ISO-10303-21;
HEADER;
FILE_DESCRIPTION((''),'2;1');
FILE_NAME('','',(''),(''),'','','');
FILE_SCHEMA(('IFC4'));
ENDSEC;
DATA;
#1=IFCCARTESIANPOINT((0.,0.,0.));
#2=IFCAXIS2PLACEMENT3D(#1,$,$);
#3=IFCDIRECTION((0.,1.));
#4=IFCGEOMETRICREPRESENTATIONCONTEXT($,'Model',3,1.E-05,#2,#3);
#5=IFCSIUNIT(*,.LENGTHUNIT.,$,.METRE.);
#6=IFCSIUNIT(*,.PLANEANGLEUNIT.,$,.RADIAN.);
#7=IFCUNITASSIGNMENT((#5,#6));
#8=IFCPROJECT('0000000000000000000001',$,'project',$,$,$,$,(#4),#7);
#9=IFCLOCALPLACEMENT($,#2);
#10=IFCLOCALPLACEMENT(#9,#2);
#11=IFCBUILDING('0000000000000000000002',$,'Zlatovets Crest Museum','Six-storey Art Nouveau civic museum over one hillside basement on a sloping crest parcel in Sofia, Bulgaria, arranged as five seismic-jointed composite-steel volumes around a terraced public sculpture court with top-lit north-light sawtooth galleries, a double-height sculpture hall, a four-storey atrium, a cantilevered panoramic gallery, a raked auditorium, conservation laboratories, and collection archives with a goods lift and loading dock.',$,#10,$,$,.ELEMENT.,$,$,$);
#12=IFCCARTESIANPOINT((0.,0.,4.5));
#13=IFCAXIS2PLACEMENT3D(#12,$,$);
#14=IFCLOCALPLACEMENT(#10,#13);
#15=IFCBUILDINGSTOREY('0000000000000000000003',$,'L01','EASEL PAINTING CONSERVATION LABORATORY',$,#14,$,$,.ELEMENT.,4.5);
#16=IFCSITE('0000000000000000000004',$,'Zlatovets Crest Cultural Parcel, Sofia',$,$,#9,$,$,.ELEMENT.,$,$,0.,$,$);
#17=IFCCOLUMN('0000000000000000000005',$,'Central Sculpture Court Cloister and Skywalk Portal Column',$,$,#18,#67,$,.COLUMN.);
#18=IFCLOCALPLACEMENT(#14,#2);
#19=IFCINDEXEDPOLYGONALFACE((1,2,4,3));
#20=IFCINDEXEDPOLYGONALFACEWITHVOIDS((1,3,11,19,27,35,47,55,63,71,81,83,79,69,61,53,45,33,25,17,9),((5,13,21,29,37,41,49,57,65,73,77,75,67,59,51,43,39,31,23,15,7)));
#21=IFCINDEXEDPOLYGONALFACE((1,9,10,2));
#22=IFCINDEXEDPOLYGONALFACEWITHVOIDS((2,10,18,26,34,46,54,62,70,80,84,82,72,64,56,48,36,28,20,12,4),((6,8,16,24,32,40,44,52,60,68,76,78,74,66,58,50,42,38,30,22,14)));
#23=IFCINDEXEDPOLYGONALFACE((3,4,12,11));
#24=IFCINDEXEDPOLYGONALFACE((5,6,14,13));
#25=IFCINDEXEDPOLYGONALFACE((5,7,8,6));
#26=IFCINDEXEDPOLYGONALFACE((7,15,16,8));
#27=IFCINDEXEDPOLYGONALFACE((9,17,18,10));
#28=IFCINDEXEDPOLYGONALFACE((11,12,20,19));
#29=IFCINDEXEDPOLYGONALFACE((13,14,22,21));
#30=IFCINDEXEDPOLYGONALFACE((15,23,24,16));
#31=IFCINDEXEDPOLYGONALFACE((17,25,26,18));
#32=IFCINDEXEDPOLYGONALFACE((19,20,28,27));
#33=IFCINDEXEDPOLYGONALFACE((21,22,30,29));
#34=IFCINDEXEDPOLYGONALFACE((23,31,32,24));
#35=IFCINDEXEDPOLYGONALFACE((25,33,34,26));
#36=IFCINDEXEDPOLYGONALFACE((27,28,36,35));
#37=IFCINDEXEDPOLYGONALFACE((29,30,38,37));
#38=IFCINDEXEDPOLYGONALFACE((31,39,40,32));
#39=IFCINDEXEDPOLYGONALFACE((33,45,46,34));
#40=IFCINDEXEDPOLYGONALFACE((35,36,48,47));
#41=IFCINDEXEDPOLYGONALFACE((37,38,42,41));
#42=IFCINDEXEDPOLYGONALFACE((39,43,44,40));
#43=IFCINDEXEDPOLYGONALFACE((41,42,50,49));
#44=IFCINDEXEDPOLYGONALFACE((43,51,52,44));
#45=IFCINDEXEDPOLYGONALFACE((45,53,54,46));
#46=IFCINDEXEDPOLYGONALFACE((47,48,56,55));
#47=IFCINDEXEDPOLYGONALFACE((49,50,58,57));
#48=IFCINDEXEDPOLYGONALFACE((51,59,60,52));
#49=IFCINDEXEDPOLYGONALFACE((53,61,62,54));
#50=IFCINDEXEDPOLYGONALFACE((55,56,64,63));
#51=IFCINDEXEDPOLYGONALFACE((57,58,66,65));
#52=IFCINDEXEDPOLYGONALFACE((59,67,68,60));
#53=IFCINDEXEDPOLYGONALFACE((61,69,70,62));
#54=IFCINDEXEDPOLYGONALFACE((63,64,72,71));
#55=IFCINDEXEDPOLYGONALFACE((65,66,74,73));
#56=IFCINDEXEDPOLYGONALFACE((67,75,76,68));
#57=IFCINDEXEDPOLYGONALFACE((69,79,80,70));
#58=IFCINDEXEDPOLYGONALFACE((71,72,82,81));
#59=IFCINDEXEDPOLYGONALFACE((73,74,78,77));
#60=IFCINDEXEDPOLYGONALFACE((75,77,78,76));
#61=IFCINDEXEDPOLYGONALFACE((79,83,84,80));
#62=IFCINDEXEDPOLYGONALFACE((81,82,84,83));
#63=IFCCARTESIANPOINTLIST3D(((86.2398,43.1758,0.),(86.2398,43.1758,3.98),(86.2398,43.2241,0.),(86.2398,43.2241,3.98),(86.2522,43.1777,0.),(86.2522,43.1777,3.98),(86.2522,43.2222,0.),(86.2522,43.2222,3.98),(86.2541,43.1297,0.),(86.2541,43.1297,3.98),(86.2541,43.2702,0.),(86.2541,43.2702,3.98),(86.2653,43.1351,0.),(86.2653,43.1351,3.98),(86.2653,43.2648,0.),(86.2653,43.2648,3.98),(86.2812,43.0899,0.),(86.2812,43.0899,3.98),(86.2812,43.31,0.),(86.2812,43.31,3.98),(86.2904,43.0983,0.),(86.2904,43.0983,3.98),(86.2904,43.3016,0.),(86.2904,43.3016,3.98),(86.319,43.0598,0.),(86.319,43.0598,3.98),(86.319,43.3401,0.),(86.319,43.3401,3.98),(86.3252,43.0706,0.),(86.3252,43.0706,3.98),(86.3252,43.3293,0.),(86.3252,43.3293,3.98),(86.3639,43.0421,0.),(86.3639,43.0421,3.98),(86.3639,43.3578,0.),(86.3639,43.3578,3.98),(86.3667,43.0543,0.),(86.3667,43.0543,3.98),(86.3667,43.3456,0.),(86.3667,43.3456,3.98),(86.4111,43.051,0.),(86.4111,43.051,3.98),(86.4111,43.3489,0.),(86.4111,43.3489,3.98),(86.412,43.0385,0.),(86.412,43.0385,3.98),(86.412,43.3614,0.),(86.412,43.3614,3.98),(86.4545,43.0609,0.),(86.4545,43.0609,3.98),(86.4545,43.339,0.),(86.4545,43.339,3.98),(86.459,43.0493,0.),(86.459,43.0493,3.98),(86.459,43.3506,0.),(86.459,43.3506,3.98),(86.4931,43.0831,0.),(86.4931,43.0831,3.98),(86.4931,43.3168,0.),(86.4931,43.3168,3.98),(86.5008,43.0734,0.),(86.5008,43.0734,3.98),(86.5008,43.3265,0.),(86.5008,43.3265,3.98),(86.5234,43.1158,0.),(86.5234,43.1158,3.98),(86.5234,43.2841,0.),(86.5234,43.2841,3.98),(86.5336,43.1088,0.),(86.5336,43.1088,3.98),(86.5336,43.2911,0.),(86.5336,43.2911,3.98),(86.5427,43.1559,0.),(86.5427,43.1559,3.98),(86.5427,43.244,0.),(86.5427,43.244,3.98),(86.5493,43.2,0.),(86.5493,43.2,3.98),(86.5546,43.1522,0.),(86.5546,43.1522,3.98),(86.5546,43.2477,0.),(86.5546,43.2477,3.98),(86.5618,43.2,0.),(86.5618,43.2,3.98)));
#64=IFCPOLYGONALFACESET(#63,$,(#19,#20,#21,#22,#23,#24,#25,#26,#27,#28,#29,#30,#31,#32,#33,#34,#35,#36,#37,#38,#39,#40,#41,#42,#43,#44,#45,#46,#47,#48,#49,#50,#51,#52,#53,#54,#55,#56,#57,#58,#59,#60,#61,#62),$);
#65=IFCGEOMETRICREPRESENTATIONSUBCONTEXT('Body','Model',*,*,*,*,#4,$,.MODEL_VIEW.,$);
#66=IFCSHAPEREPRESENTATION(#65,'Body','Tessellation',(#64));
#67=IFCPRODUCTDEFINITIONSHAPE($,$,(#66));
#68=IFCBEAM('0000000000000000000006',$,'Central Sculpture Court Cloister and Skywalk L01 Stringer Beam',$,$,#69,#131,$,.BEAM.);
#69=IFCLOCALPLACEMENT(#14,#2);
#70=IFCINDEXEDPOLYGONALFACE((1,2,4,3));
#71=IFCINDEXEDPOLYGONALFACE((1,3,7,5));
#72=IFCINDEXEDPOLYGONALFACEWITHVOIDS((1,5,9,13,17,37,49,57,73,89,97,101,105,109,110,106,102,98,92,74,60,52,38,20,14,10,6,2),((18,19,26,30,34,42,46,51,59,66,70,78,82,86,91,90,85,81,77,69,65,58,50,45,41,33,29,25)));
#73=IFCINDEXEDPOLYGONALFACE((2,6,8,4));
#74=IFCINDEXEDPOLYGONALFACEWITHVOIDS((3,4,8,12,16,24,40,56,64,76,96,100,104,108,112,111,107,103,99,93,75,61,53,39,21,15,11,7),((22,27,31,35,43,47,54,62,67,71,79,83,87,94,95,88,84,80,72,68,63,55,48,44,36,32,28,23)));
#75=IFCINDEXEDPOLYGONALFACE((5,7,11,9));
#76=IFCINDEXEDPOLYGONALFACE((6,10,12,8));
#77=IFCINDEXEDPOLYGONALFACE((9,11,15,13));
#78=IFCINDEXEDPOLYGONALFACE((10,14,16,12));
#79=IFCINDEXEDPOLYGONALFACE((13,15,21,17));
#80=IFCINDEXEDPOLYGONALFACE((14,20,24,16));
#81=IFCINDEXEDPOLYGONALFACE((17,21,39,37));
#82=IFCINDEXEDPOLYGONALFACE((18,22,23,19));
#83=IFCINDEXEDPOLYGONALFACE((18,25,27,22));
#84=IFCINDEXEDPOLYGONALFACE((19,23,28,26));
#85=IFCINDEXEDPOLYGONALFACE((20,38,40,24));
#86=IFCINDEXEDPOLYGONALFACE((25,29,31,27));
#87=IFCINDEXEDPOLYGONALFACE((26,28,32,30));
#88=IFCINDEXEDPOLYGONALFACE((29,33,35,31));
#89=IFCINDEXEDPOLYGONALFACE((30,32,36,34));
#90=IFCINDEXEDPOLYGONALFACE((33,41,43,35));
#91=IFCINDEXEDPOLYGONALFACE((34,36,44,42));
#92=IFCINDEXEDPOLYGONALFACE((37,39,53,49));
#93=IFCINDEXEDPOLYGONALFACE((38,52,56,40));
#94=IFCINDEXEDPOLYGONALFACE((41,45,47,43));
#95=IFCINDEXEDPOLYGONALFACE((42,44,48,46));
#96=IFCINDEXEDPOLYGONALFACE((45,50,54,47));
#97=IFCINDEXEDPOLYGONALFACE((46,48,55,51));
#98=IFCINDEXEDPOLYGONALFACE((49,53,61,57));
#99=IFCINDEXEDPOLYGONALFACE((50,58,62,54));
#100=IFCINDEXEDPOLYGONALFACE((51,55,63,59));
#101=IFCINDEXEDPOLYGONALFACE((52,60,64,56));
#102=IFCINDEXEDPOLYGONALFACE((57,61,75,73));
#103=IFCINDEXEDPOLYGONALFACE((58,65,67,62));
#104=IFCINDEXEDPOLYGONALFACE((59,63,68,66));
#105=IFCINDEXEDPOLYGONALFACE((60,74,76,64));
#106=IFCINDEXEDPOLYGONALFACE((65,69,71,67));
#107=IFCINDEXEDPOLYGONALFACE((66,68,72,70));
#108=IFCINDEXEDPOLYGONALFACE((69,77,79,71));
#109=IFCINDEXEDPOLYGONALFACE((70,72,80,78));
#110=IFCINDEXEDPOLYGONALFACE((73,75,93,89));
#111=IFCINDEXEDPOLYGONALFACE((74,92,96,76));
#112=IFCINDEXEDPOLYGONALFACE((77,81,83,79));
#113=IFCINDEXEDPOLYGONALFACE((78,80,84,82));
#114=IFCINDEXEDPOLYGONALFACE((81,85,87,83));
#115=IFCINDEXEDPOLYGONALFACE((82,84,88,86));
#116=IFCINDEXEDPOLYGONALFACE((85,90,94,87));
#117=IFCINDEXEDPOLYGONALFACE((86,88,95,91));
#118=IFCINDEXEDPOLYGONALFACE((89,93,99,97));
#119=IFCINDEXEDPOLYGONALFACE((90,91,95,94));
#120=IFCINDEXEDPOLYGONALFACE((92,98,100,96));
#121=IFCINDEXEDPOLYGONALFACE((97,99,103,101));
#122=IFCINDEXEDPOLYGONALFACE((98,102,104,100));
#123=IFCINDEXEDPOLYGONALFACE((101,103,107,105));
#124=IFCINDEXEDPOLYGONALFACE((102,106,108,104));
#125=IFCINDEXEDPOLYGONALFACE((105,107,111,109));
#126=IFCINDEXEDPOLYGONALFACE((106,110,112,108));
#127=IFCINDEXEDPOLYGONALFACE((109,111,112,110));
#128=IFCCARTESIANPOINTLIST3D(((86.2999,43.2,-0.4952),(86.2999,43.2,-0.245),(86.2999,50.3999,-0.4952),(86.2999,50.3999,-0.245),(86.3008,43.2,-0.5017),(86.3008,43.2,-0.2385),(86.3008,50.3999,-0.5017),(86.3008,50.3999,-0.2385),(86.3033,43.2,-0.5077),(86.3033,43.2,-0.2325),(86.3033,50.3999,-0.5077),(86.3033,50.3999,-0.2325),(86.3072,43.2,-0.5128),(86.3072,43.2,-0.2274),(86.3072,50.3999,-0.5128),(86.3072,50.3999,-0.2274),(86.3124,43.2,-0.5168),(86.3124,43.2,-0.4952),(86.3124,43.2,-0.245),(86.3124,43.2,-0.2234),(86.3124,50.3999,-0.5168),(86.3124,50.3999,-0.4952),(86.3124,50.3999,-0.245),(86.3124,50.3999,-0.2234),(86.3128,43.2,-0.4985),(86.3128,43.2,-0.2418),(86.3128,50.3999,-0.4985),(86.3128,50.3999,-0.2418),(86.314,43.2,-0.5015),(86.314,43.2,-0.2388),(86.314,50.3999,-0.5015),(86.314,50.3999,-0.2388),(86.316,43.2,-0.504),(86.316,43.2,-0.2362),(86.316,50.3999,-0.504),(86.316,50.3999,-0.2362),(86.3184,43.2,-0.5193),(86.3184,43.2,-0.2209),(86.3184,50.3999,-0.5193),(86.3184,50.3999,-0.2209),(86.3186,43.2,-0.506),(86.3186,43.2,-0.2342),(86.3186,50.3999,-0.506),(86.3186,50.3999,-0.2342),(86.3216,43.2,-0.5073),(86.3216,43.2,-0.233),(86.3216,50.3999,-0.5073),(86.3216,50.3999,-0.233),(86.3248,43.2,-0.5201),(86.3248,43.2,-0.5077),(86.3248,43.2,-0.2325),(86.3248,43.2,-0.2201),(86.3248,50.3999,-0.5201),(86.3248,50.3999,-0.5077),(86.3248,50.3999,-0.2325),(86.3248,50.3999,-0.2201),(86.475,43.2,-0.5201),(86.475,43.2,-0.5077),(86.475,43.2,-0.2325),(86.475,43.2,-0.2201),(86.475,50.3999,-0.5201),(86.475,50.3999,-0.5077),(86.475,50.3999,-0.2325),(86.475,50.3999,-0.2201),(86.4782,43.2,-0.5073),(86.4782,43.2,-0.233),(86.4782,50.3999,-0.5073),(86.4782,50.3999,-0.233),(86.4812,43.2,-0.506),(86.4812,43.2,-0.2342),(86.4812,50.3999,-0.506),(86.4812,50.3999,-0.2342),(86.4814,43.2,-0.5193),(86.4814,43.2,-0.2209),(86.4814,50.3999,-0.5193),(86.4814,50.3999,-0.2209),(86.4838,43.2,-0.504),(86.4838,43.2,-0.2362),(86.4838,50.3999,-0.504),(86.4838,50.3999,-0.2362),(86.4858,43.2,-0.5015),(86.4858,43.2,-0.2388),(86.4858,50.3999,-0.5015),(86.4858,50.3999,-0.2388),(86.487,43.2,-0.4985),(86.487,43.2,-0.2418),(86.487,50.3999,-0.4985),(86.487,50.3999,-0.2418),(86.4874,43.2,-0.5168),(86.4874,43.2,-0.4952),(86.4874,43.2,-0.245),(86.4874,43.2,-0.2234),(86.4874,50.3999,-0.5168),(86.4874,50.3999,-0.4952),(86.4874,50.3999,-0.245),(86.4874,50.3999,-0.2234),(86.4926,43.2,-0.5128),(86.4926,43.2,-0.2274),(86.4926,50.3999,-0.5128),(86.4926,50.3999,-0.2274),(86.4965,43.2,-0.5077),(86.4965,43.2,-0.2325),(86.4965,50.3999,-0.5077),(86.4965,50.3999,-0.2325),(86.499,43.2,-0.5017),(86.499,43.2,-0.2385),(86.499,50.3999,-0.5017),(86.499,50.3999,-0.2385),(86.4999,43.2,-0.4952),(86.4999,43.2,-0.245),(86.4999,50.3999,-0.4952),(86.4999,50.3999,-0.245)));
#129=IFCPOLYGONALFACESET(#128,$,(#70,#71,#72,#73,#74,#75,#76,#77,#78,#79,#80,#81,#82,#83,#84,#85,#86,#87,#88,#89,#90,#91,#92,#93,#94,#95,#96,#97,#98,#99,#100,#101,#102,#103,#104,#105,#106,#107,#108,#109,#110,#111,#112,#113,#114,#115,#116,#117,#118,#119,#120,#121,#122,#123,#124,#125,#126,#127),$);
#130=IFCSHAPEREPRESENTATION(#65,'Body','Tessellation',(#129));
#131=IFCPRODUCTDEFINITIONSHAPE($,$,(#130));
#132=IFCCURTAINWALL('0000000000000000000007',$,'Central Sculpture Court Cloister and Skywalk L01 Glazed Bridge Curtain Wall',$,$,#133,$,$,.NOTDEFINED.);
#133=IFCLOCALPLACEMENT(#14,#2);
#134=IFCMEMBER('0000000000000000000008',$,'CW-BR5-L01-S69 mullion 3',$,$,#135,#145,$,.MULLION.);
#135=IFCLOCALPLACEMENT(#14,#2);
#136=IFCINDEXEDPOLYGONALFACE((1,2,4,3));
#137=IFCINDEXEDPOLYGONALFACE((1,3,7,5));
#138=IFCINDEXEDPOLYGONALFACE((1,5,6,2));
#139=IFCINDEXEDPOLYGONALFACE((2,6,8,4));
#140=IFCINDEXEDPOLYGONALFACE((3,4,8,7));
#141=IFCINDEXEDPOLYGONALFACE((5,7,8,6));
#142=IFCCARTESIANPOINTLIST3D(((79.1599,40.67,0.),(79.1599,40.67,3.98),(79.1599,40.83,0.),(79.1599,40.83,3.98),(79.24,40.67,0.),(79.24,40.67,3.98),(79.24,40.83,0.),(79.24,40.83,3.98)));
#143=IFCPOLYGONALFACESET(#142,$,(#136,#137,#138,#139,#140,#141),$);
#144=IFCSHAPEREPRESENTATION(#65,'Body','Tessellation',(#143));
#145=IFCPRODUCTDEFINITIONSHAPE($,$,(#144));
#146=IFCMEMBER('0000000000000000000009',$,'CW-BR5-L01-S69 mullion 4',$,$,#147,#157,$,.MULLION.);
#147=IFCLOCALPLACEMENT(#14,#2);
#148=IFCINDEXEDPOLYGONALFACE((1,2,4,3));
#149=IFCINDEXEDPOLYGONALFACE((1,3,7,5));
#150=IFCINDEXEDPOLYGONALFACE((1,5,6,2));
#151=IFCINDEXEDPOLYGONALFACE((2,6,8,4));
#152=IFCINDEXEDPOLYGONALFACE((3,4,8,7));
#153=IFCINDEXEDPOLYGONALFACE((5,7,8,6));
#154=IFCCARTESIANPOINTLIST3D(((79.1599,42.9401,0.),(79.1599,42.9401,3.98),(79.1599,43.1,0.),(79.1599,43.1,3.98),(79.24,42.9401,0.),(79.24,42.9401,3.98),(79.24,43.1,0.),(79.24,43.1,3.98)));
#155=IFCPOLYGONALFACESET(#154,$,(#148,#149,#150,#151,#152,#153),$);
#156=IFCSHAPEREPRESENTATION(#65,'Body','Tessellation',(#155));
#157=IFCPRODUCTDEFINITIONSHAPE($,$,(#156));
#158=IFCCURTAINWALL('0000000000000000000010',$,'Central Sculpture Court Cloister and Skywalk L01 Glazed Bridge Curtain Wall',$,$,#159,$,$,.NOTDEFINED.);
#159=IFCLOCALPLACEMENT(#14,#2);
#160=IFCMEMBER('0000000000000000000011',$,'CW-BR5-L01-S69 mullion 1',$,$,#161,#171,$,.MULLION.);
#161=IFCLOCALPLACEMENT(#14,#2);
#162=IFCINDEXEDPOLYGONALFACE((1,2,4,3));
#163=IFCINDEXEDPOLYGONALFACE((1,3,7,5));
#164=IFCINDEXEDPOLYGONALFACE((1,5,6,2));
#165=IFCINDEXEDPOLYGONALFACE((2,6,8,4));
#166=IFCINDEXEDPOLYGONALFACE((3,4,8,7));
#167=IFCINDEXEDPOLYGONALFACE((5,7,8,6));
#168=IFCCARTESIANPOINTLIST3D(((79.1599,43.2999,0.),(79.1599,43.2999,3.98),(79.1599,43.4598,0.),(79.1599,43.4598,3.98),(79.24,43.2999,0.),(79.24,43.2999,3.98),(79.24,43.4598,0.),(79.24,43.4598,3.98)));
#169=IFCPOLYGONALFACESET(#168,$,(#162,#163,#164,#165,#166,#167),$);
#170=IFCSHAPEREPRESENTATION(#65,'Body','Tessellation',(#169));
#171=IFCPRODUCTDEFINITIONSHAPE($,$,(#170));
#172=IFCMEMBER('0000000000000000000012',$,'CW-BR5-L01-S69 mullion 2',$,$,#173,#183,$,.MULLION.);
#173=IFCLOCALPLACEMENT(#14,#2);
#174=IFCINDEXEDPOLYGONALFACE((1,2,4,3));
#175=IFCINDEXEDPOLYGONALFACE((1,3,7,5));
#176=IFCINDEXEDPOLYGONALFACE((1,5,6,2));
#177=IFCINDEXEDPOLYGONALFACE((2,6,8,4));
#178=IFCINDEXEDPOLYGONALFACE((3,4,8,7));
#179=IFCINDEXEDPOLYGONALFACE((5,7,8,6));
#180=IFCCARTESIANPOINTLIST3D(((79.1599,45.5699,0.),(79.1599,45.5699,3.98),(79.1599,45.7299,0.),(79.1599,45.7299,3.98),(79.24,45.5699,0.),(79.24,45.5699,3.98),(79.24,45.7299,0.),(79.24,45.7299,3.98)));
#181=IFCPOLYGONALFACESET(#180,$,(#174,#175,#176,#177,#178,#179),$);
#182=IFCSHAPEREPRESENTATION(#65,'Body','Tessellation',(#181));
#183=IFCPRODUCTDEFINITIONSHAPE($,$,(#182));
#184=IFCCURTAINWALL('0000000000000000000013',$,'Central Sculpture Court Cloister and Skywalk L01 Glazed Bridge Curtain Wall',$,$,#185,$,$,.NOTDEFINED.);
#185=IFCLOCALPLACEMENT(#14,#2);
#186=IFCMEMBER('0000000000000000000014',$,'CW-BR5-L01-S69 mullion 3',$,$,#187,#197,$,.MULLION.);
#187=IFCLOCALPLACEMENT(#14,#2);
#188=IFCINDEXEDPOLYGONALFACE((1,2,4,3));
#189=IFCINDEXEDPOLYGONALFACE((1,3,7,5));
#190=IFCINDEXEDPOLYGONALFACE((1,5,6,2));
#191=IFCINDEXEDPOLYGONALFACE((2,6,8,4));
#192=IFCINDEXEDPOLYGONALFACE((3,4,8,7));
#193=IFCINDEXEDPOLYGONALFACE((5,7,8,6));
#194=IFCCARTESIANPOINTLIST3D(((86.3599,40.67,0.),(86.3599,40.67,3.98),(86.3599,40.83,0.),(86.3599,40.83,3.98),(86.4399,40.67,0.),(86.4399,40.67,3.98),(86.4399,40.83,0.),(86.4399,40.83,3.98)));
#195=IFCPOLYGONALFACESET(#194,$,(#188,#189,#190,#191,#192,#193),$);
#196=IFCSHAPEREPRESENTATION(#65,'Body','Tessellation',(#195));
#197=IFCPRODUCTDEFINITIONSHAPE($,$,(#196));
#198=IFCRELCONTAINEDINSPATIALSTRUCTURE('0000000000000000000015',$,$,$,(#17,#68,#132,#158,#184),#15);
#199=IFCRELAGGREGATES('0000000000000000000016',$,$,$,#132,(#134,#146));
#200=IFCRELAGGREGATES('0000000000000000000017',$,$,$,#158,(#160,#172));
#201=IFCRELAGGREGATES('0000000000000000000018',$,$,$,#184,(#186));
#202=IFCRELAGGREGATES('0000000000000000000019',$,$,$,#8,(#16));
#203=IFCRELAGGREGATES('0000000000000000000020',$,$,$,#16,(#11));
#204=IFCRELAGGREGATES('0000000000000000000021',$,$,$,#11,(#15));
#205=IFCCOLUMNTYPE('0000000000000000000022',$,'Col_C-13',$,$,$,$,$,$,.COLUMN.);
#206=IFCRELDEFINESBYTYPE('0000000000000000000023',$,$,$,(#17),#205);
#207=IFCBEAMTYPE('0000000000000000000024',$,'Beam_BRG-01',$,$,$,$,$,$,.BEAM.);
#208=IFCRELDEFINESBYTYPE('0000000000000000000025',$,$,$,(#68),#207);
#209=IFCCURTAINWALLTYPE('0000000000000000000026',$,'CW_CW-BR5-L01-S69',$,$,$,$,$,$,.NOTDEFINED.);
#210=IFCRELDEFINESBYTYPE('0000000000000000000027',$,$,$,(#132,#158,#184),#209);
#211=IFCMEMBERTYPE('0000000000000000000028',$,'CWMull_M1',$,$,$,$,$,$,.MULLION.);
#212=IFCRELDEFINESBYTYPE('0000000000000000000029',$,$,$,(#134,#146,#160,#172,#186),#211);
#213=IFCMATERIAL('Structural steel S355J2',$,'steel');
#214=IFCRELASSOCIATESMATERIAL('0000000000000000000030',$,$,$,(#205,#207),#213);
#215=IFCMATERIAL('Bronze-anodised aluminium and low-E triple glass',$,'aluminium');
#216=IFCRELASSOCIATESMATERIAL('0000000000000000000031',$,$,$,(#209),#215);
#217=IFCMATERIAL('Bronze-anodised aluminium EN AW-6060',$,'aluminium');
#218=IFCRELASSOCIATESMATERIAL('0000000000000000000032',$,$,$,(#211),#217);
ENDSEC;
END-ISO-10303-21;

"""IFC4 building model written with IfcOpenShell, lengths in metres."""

from ifc_helpers import new_model, si_unit, direction, frame, origin, origin_2d, place, context, subcontext, project, spatial, rectangle, hollow_rectangle, hollow_circle, extrude, material, material_profile, profile_set, type_object, element, aggregate, save


model = new_model("IFC4")

# Units and contexts
model_context = context("Model", 3, precision=1e-05, world=origin(), true_north=direction((0.0, 1.0)))
body_context = subcontext(model_context, "Body", "Model", "MODEL_VIEW")
ifc_project = project(units=[si_unit("LENGTHUNIT", "METRE"), si_unit("PLANEANGLEUNIT", "RADIAN")], contexts=[model_context])

# Site, building, storey
site_placement = place(None, origin())
site = spatial("IfcSite", under=ifc_project, at=site_placement, Name="Zlatovets Crest Cultural Parcel, Sofia", CompositionType="ELEMENT", RefElevation=0.0)
building_placement = place(site_placement, origin())
building = spatial("IfcBuilding", under=site, at=building_placement, Name="Zlatovets Crest Museum", Description="Six-storey Art Nouveau civic museum over one hillside basement on a sloping crest parcel in Sofia, Bulgaria, arranged as five seismic-jointed composite-steel volumes around a terraced public sculpture court with top-lit north-light sawtooth galleries, a double-height sculpture hall, a four-storey atrium, a cantilevered panoramic gallery, a raked auditorium, conservation laboratories, and collection archives with a goods lift and loading dock.", CompositionType="ELEMENT")
storey_placement = place(building_placement, frame((0.0, 0.0, 4.5)))
storey = spatial("IfcBuildingStorey", under=building, at=storey_placement, Name="L01", Description="EASEL PAINTING CONSERVATION LABORATORY", CompositionType="ELEMENT", Elevation=4.5)

# Column
ifc_material_1 = material(Name="Structural steel S355J2", Category="steel")
ifc_material_profile_1 = material_profile(ifc_material_1, hollow_circle(Radius=0.1619, WallThickness=0.0125, at=origin_2d()), Name="CHS 323.9x12.5")
ifc_profile_set_1 = profile_set([ifc_material_profile_1], Name="Structural steel S355J2")
column_type = type_object("IfcColumnType", Name="Col_C-13", PredefinedType="COLUMN", material=ifc_profile_set_1)
column_placement = place(storey_placement, frame((86.3999, 43.2, 0.0), z_axis=(0.0, 0.0, 1.0), x_axis=(1.0, 0.0, 0.0)))
element("IfcColumn", 1, at=column_placement, inside=storey, type_object=column_type, Name="Central Sculpture Court Cloister and Skywalk Portal Column", PredefinedType="COLUMN", context=body_context, shape_type="SweptSolid", body=[
    extrude(hollow_circle(Radius=0.1619, WallThickness=0.0125, at=origin_2d()), origin(), (0.0, 0.0, 1.0), 3.98),
])

# Beam
ifc_material_profile_2 = material_profile(ifc_material_1, hollow_rectangle(XDim=0.2, YDim=0.3, WallThickness=0.0125, InnerFilletRadius=0.0125, OuterFilletRadius=0.0249, at=origin_2d()), Name="RHS 200x300x12.5")
ifc_profile_set_2 = profile_set([ifc_material_profile_2], Name="Structural steel S355J2")
beam_type = type_object("IfcBeamType", Name="Beam_BRG-01", PredefinedType="BEAM", material=ifc_profile_set_2)
beam_placement = place(storey_placement, frame((86.3999, 43.2, -0.3701), z_axis=(0.0, 1.0, 0.0), x_axis=(-1.0, 0.0, 0.0)))
element("IfcBeam", 2, at=beam_placement, inside=storey, type_object=beam_type, Name="Central Sculpture Court Cloister and Skywalk L01 Stringer Beam", PredefinedType="BEAM", context=body_context, shape_type="SweptSolid", body=[
    extrude(hollow_rectangle(XDim=0.2, YDim=0.3, WallThickness=0.0125, InnerFilletRadius=0.0125, OuterFilletRadius=0.0249, at=origin_2d()), origin(), (0.0, 0.0, 1.0), 7.2),
])

# Curtain walls, members
ifc_material_2 = material(Name="Bronze-anodised aluminium and low-E triple glass", Category="aluminium")
curtain_wall_type = type_object("IfcCurtainWallType", Name="CW_CW-BR5-L01-S69", PredefinedType="NOTDEFINED", material=ifc_material_2)
curtain_wall_1_placement = place(storey_placement, origin())
curtain_wall_1 = element("IfcCurtainWall", 3, at=curtain_wall_1_placement, inside=storey, type_object=curtain_wall_type, Name="Central Sculpture Court Cloister and Skywalk L01 Glazed Bridge Curtain Wall", PredefinedType="NOTDEFINED")
ifc_material_3 = material(Name="Bronze-anodised aluminium EN AW-6060", Category="aluminium")
ifc_material_profile_3 = material_profile(ifc_material_3, rectangle(XDim=0.0801, YDim=0.1599, at=origin_2d()), Name="ALU 80x160")
ifc_profile_set_3 = profile_set([ifc_material_profile_3], Name="Bronze-anodised aluminium EN AW-6060")
member_type_1 = type_object("IfcMemberType", Name="CWMull_M1", PredefinedType="MULLION", material=ifc_profile_set_3)
member_1_placement = place(storey_placement, frame((79.2, 40.75, 0.0), z_axis=(0.0, 0.0, 1.0), x_axis=(-1.0, 0.0, 0.0)))
member_1 = element("IfcMember", 4, at=member_1_placement, type_object=member_type_1, Name="CW-BR5-L01-S69 mullion 3", PredefinedType="MULLION", context=body_context, shape_type="SweptSolid", body=[
    extrude(rectangle(XDim=0.0801, YDim=0.1599, at=origin_2d()), origin(), (0.0, 0.0, 1.0), 3.98),
])
member_2_placement = place(storey_placement, frame((79.2, 43.02, 0.0), z_axis=(0.0, 0.0, 1.0), x_axis=(-1.0, 0.0, 0.0)))
member_2 = element("IfcMember", 5, at=member_2_placement, type_object=member_type_1, Name="CW-BR5-L01-S69 mullion 4", PredefinedType="MULLION", context=body_context, shape_type="SweptSolid", body=[
    extrude(rectangle(XDim=0.0801, YDim=0.1599, at=origin_2d()), origin(), (0.0, 0.0, 1.0), 3.98),
])
curtain_wall_2_placement = place(storey_placement, origin())
curtain_wall_2 = element("IfcCurtainWall", 6, at=curtain_wall_2_placement, inside=storey, type_object=curtain_wall_type, Name="Central Sculpture Court Cloister and Skywalk L01 Glazed Bridge Curtain Wall", PredefinedType="NOTDEFINED")
member_3_placement = place(storey_placement, frame((79.2, 43.3799, 0.0), z_axis=(0.0, 0.0, 1.0), x_axis=(-1.0, 0.0, 0.0)))
member_3 = element("IfcMember", 7, at=member_3_placement, type_object=member_type_1, Name="CW-BR5-L01-S69 mullion 1", PredefinedType="MULLION", context=body_context, shape_type="SweptSolid", body=[
    extrude(rectangle(XDim=0.0801, YDim=0.1599, at=origin_2d()), origin(), (0.0, 0.0, 1.0), 3.98),
])
member_4_placement = place(storey_placement, frame((79.2, 45.6499, 0.0), z_axis=(0.0, 0.0, 1.0), x_axis=(-1.0, 0.0, 0.0)))
member_4 = element("IfcMember", 8, at=member_4_placement, type_object=member_type_1, Name="CW-BR5-L01-S69 mullion 2", PredefinedType="MULLION", context=body_context, shape_type="SweptSolid", body=[
    extrude(rectangle(XDim=0.0801, YDim=0.1599, at=origin_2d()), origin(), (0.0, 0.0, 1.0), 3.98),
])
curtain_wall_3_placement = place(storey_placement, origin())
curtain_wall_3 = element("IfcCurtainWall", 9, at=curtain_wall_3_placement, inside=storey, type_object=curtain_wall_type, Name="Central Sculpture Court Cloister and Skywalk L01 Glazed Bridge Curtain Wall", PredefinedType="NOTDEFINED")
member_5_placement = place(storey_placement, frame((86.3999, 40.75, 0.0), z_axis=(0.0, 0.0, 1.0), x_axis=(-1.0, 0.0, 0.0)))
member_5 = element("IfcMember", 10, at=member_5_placement, type_object=member_type_1, Name="CW-BR5-L01-S69 mullion 3", PredefinedType="MULLION", context=body_context, shape_type="SweptSolid", body=[
    extrude(rectangle(XDim=0.0801, YDim=0.1599, at=origin_2d()), origin(), (0.0, 0.0, 1.0), 3.98),
])

aggregate(curtain_wall_1, [member_1, member_2])
aggregate(curtain_wall_2, [member_3, member_4])
aggregate(curtain_wall_3, [member_5])

save(model, "model.ifc")
